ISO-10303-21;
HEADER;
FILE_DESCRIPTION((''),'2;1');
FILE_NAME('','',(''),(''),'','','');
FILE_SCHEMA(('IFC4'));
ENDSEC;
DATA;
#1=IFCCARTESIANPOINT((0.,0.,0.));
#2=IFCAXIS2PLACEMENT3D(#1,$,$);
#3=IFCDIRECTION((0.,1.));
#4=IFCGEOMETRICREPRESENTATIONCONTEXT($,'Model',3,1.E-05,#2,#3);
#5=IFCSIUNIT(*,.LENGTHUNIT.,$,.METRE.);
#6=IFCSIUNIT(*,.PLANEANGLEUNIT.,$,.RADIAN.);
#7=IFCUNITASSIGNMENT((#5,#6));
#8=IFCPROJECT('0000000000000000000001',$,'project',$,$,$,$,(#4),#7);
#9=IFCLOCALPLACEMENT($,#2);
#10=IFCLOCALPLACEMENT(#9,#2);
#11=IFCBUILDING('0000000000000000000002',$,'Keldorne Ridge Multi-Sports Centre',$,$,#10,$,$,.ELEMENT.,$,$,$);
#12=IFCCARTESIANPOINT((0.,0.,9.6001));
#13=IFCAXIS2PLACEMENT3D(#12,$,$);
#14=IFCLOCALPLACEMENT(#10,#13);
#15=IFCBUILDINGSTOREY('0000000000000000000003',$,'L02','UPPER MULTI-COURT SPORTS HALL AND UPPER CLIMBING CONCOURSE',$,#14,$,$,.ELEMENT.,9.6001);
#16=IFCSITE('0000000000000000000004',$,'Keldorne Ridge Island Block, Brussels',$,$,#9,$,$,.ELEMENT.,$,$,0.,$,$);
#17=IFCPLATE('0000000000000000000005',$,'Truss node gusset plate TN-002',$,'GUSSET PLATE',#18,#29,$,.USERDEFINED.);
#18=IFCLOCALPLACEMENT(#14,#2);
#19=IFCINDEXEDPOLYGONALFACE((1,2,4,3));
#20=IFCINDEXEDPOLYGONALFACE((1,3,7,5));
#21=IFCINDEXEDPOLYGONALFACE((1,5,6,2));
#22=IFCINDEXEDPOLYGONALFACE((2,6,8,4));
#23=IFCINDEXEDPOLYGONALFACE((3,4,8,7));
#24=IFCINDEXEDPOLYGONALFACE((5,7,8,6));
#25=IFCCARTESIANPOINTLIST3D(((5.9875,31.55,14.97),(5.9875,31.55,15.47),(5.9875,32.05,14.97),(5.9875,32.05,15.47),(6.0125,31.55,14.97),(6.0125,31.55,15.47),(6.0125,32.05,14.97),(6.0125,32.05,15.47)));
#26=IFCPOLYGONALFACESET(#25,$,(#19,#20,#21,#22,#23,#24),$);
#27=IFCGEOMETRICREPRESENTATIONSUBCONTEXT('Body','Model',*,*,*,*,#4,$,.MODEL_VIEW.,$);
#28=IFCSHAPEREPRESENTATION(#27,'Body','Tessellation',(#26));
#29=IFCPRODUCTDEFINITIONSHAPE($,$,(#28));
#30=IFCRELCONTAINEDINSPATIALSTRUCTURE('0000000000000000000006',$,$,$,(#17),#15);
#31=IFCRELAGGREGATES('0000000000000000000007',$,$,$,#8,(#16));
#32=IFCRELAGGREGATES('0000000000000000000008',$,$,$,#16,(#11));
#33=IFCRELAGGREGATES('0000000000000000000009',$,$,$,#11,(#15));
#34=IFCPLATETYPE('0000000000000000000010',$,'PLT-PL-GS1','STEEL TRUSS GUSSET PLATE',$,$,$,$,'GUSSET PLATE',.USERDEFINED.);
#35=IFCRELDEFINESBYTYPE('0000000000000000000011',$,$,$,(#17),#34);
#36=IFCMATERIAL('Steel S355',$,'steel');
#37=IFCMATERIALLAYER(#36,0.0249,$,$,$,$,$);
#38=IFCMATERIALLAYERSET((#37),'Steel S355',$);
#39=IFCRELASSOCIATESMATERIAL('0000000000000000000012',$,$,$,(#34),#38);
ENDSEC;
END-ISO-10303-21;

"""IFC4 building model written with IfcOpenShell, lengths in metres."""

from ifc_helpers import new_model, si_unit, direction, frame, origin, origin_2d, place, context, subcontext, project, spatial, rectangle, extrude, material, layer, layer_set, type_object, element, save


model = new_model("IFC4")

# Units and contexts
model_context = context("Model", 3, precision=1e-05, world=origin(), true_north=direction((0.0, 1.0)))
body_context = subcontext(model_context, "Body", "Model", "MODEL_VIEW")
ifc_project = project(units=[si_unit("LENGTHUNIT", "METRE"), si_unit("PLANEANGLEUNIT", "RADIAN")], contexts=[model_context])

# Site, building, storey
site_placement = place(None, origin())
site = spatial("IfcSite", under=ifc_project, at=site_placement, Name="Keldorne Ridge Island Block, Brussels", CompositionType="ELEMENT", RefElevation=0.0)
building_placement = place(site_placement, origin())
building = spatial("IfcBuilding", under=site, at=building_placement, Name="Keldorne Ridge Multi-Sports Centre", CompositionType="ELEMENT")
storey_placement = place(building_placement, frame((0.0, 0.0, 9.6001)))
storey = spatial("IfcBuildingStorey", under=building, at=storey_placement, Name="L02", Description="UPPER MULTI-COURT SPORTS HALL AND UPPER CLIMBING CONCOURSE", CompositionType="ELEMENT", Elevation=9.6001)

# Shared definitions
ifc_material_1 = material(Name="Steel S355", Category="steel")

# Plate
ifc_layer_1 = layer(ifc_material_1, 0.0249)
ifc_layer_set_1 = layer_set([ifc_layer_1], Name="Steel S355")
plate_type_1 = type_object("IfcPlateType", Name="PLT-PL-GS1", Description="STEEL TRUSS GUSSET PLATE", ElementType="GUSSET PLATE", PredefinedType="USERDEFINED", material=ifc_layer_set_1)
plate_1_placement = place(storey_placement, frame((6.0, 31.8, 14.97), z_axis=(0.0, 0.0, 1.0), x_axis=(1.0, 0.0, 0.0)))
element("IfcPlate", 1, at=plate_1_placement, inside=storey, type_object=plate_type_1, Name="Truss node gusset plate TN-002", ObjectType="GUSSET PLATE", PredefinedType="USERDEFINED", context=body_context, shape_type="SweptSolid", body=[
    extrude(rectangle(XDim=0.0249, YDim=0.5, at=origin_2d()), origin(), (0.0, 0.0, 1.0), 0.5),
])

save(model, "model.ifc")
